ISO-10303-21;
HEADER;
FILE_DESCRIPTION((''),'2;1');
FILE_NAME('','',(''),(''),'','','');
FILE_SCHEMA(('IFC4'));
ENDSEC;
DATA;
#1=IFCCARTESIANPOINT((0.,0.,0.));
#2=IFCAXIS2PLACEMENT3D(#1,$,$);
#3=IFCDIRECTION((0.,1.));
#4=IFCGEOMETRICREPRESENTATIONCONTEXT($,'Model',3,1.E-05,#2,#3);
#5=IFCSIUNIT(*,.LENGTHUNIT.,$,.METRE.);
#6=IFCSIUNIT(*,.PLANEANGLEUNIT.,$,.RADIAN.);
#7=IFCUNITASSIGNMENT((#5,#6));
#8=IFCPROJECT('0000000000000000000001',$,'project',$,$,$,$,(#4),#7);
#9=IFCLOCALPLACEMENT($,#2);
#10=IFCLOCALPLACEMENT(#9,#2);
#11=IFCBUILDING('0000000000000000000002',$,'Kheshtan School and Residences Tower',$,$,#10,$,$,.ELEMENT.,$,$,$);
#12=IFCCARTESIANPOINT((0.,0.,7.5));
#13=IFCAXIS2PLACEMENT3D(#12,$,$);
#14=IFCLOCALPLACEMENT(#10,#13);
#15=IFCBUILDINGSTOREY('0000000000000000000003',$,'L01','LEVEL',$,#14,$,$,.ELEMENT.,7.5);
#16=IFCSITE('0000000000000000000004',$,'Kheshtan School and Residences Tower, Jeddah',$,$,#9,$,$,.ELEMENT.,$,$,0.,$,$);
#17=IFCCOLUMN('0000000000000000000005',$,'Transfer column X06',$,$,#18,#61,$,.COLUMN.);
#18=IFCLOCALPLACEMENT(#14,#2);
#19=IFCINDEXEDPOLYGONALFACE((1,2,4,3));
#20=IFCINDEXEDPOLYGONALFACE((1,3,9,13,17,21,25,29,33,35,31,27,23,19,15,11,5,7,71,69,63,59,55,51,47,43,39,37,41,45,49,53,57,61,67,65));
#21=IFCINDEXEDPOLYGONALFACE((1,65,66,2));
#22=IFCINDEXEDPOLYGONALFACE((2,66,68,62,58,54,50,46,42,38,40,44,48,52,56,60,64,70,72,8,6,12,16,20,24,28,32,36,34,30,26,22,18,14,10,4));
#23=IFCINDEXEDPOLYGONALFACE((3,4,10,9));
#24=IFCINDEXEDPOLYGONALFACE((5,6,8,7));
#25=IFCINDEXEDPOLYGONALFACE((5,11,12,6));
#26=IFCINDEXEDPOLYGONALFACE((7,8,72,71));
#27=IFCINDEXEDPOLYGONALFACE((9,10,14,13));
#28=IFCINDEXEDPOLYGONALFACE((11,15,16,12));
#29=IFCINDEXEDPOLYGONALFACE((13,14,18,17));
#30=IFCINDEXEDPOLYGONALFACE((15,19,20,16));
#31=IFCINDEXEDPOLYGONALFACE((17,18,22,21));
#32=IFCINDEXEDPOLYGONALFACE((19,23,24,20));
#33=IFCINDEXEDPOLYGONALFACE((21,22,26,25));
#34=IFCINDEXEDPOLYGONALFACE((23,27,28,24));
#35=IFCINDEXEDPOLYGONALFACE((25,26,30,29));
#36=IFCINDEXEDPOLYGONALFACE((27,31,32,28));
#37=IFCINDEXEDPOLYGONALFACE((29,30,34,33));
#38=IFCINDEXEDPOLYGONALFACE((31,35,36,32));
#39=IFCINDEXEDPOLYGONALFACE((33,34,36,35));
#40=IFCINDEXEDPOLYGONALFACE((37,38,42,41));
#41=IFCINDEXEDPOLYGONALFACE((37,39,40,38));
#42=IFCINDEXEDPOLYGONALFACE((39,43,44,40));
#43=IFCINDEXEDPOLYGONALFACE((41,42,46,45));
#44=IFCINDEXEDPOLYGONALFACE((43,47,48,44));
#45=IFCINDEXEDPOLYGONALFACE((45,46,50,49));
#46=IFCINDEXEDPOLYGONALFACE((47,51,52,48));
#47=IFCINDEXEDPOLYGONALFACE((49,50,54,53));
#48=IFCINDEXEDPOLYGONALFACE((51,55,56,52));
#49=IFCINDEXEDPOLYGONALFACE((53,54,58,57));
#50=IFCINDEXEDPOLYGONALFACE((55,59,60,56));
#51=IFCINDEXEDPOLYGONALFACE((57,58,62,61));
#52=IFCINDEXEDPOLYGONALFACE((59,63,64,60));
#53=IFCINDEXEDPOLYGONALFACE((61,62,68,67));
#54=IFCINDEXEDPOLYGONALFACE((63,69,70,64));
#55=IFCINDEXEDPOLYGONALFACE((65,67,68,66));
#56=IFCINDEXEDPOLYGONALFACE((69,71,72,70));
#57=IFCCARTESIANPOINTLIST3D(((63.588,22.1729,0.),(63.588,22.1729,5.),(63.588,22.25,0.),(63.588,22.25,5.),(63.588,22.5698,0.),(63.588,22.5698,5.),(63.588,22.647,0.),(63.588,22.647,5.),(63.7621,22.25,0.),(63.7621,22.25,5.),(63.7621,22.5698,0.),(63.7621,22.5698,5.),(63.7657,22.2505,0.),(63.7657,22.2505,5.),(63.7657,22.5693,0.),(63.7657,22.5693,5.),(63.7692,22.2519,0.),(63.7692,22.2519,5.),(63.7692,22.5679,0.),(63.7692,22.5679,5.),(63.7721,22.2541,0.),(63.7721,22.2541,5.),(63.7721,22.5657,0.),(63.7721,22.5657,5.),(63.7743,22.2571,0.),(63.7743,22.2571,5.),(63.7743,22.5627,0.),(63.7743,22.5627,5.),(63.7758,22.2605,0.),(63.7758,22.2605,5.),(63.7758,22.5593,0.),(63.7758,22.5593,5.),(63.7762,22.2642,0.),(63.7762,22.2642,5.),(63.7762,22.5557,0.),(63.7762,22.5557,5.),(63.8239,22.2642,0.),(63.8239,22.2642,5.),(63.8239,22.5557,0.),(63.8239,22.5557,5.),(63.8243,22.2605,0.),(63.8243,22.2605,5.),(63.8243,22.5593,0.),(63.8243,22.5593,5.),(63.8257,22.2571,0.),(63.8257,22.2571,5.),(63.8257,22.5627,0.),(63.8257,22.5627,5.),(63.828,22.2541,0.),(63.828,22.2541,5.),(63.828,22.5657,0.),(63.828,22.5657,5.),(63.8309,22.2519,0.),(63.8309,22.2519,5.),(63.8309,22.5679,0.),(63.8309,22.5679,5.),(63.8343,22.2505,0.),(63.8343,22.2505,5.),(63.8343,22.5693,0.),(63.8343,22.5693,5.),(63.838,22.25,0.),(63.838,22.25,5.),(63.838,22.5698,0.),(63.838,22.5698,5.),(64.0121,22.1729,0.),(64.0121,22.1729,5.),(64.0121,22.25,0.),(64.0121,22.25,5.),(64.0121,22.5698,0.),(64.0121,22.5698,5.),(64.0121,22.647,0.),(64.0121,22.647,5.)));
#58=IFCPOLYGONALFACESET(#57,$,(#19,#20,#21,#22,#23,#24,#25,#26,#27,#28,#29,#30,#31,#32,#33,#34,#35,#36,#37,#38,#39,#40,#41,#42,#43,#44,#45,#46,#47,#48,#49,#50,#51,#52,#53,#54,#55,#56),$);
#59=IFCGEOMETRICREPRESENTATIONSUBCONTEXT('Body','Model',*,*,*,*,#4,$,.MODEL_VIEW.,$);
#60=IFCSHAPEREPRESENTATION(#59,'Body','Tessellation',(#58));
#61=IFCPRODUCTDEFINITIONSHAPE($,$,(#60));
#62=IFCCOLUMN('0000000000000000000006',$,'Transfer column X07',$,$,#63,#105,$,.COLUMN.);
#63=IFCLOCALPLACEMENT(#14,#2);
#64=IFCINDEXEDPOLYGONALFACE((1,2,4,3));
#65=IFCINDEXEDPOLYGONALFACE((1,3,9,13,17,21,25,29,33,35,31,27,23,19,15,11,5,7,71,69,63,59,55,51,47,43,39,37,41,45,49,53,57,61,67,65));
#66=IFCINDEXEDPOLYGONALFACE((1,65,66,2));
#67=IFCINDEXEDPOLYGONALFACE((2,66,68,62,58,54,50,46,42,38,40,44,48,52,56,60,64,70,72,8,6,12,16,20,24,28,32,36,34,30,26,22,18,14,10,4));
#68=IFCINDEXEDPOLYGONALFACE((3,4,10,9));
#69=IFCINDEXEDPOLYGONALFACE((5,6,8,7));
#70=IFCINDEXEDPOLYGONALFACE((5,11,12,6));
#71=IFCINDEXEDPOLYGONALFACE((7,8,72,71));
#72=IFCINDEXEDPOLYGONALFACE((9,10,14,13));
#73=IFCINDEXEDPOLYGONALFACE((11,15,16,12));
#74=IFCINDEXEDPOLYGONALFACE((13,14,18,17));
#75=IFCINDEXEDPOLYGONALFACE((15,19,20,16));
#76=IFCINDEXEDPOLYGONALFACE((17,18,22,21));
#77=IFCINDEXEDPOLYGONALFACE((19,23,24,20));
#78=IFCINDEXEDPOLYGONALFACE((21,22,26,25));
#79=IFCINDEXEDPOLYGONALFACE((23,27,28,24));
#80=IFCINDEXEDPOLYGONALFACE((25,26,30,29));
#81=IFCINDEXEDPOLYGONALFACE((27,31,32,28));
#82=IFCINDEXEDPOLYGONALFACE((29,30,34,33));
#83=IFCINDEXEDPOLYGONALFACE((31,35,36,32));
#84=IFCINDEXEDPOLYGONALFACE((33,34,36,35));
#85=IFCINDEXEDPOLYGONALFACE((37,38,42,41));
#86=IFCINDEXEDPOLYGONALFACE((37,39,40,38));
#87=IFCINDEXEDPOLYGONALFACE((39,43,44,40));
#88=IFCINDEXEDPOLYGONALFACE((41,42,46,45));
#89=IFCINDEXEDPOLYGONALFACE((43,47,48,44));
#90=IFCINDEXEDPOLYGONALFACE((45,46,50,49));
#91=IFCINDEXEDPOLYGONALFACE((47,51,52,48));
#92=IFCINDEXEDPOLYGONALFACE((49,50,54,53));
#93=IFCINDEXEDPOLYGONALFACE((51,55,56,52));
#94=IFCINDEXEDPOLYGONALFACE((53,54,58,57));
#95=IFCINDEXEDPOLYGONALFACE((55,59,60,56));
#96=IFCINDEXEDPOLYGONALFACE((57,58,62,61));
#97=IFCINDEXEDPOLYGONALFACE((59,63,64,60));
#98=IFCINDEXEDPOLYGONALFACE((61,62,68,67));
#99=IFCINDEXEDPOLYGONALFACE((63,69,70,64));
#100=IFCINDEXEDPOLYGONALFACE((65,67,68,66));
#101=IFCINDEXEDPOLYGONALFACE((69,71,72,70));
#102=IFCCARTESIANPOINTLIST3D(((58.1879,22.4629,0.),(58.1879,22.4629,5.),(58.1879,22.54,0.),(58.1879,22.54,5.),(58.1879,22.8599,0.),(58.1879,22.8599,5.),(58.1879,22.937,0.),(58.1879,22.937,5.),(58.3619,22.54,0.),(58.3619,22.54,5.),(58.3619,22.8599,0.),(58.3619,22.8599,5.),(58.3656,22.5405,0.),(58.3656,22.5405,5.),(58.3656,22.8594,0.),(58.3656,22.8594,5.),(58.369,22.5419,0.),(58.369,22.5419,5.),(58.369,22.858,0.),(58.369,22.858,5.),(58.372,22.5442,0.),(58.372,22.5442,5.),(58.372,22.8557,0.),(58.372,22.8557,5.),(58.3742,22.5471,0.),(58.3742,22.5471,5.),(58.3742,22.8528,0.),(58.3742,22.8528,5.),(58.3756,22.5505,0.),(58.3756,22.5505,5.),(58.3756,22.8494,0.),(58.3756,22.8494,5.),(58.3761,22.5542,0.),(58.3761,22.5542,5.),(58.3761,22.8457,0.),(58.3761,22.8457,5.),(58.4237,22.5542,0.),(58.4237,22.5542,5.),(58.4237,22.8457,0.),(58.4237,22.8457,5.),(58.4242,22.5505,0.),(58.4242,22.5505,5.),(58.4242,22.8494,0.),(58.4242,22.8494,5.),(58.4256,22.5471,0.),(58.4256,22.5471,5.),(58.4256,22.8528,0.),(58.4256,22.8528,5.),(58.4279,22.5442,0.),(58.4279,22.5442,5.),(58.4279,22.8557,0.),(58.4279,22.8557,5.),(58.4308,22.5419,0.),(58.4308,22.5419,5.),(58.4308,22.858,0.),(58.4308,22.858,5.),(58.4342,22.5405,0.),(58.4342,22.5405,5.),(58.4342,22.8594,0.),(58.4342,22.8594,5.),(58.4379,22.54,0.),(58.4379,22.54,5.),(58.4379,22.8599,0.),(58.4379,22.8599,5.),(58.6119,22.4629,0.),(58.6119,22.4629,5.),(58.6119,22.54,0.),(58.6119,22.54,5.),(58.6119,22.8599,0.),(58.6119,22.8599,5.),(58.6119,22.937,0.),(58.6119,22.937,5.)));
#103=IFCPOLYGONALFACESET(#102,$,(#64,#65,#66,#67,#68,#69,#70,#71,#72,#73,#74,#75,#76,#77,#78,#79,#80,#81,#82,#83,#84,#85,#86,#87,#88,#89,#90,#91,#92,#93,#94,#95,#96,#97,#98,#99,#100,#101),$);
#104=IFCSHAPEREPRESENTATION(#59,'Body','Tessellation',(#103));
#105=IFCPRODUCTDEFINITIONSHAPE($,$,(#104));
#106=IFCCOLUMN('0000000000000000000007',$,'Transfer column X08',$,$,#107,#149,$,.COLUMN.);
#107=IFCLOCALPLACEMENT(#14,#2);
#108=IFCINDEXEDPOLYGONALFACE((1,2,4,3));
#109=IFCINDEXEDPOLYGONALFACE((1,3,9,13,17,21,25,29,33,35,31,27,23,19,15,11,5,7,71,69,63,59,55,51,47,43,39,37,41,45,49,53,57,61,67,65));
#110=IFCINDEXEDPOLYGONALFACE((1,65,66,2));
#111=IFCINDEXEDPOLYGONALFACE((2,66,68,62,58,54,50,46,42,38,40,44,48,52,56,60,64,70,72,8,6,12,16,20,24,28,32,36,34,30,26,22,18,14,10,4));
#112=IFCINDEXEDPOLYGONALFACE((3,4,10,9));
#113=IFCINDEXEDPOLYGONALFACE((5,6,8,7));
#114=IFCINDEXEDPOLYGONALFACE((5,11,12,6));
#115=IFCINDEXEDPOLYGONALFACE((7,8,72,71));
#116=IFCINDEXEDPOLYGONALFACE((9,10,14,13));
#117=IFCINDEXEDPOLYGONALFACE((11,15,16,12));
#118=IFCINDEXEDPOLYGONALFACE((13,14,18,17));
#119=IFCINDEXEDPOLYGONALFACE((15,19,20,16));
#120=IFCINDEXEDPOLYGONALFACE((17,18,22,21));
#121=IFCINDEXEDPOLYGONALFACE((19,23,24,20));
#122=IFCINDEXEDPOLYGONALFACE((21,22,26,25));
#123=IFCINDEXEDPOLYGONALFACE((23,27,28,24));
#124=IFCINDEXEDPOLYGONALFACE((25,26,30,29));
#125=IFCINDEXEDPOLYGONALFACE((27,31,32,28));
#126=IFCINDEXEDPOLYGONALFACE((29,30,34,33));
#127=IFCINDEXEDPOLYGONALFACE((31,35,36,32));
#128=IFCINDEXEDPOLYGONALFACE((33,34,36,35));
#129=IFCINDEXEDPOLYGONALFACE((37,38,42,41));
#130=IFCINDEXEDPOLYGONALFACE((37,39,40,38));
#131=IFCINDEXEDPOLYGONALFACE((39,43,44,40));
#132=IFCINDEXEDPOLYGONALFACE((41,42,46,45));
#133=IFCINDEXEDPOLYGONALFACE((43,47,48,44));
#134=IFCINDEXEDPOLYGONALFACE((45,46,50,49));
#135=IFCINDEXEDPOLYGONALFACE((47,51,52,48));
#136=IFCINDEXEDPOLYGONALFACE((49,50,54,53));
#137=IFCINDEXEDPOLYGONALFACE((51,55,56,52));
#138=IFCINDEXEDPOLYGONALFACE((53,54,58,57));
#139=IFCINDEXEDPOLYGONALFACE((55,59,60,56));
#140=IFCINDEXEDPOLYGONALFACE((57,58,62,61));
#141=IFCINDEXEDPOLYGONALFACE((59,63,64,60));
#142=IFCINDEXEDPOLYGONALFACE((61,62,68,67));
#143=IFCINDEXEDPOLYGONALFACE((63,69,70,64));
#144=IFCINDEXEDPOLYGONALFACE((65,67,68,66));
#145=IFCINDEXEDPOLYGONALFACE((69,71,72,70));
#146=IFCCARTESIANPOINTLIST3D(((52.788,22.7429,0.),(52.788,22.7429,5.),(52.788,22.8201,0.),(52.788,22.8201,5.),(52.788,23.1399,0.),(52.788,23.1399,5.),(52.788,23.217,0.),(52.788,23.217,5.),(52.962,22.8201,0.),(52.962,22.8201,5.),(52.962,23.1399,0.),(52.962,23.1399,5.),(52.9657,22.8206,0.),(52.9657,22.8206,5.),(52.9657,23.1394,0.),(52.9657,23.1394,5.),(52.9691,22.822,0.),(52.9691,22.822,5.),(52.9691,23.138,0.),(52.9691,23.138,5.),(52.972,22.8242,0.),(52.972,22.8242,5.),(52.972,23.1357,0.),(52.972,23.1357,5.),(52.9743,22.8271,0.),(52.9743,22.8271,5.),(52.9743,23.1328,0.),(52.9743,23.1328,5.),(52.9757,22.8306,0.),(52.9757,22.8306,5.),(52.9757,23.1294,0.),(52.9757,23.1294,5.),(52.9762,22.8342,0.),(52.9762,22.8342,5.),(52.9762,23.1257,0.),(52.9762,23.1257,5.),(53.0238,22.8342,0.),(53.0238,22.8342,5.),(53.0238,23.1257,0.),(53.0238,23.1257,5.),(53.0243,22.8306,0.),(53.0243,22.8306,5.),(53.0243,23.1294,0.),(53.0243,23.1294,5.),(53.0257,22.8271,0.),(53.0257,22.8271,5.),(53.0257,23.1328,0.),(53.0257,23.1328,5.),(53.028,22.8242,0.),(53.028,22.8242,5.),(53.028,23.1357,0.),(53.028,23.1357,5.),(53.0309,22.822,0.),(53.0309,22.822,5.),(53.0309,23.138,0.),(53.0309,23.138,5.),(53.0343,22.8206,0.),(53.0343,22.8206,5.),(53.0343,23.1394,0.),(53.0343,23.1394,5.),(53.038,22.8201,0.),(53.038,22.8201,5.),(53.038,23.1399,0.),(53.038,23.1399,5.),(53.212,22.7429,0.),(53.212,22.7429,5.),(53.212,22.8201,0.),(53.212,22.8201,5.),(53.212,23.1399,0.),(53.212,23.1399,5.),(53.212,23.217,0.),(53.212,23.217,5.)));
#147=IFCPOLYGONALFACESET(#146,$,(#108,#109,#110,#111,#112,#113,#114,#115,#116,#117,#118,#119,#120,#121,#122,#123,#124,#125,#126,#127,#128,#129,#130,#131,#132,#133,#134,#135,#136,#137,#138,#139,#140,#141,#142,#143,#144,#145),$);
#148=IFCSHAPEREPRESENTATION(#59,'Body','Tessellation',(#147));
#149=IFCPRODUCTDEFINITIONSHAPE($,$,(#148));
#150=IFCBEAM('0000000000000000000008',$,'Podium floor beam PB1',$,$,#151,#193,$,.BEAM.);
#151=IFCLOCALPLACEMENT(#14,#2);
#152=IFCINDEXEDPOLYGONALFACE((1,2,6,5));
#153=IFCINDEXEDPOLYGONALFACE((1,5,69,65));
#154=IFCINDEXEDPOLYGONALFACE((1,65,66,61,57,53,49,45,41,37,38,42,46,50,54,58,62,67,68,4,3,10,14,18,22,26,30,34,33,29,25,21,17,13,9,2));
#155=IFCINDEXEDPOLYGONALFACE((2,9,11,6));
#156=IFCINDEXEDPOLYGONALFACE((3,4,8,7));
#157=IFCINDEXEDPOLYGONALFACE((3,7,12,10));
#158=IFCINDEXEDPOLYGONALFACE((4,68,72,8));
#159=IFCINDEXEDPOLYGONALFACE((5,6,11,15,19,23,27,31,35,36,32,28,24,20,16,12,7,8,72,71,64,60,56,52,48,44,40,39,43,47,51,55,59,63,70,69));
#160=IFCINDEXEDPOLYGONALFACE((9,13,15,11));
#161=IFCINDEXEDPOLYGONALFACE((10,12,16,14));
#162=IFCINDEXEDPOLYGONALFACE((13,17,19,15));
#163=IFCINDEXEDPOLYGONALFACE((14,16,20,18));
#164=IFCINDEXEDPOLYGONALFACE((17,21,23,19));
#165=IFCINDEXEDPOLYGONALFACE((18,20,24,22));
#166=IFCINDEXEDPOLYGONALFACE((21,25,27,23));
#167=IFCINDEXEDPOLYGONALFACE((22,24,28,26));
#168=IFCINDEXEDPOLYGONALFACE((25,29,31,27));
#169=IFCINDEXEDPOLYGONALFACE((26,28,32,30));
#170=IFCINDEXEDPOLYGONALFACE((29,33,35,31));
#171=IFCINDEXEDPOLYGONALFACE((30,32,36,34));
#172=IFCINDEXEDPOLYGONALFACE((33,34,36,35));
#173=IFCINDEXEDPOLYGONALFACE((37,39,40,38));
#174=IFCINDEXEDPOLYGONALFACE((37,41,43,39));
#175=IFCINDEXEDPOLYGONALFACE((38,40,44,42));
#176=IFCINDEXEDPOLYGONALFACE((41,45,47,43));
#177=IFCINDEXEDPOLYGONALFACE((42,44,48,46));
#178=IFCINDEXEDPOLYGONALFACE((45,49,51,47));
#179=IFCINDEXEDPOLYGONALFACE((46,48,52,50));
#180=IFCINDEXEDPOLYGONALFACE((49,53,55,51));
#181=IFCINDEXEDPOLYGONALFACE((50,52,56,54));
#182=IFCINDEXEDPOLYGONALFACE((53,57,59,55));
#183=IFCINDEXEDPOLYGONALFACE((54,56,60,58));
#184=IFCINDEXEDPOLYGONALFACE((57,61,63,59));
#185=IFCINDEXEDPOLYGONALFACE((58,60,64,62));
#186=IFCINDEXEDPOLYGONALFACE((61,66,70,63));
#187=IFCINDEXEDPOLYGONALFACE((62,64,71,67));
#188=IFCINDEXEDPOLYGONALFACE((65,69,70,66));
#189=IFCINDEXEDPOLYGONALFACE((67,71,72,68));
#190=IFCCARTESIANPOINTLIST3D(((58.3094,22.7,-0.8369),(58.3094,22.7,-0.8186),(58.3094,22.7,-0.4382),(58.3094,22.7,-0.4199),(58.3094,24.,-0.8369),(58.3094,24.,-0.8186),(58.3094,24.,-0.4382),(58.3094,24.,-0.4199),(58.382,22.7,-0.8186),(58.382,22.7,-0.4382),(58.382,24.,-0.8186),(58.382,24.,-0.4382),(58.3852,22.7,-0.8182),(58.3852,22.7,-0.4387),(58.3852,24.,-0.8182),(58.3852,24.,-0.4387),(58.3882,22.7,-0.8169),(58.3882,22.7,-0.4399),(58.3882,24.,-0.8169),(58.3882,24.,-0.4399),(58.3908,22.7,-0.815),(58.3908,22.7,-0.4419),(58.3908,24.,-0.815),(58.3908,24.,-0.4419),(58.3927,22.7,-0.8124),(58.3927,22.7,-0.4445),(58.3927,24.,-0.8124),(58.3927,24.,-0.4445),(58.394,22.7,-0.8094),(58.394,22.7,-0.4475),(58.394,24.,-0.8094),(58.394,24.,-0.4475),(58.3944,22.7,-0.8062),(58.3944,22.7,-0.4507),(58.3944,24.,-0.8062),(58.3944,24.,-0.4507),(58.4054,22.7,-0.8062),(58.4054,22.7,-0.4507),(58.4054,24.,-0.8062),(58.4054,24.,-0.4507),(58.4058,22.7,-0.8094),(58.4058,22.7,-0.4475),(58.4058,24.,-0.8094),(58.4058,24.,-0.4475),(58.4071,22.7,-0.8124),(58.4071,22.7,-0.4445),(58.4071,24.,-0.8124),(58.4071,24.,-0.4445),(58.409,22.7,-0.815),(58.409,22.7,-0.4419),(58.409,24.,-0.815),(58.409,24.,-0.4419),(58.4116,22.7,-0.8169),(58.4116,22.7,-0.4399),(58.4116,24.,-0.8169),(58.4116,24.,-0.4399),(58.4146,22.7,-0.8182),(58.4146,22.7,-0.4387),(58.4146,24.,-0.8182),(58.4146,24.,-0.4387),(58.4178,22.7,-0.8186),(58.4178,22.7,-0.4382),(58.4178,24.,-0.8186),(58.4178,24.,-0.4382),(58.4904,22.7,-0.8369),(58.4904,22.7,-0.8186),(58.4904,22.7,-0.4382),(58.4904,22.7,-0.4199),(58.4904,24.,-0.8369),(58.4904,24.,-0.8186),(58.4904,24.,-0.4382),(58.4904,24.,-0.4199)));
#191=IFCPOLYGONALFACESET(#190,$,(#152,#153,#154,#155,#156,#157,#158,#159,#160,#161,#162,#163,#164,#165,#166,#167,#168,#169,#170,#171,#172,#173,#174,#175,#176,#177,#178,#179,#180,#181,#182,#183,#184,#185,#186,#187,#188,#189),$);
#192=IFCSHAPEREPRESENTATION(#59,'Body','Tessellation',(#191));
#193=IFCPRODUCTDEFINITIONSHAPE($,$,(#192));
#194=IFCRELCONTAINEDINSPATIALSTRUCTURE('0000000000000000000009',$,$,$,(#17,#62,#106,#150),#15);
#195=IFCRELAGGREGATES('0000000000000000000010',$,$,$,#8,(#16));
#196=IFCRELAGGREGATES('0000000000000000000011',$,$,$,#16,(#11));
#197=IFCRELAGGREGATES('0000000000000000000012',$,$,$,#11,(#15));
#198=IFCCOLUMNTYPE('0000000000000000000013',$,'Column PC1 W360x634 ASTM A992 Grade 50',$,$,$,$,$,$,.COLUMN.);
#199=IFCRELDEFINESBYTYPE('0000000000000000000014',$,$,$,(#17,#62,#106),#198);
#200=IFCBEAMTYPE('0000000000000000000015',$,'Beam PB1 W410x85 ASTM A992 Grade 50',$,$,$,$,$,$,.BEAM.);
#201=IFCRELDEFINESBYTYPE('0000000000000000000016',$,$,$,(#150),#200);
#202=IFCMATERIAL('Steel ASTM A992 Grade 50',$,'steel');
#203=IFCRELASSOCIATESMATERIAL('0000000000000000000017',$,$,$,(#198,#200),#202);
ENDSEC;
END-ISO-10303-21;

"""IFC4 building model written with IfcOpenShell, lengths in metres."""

from ifc_helpers import new_model, si_unit, direction, frame, origin, origin_2d, place, context, subcontext, project, spatial, i_section, extrude, material, material_profile, profile_set, type_object, element, save


model = new_model("IFC4")

# Units and contexts
model_context = context("Model", 3, precision=1e-05, world=origin(), true_north=direction((0.0, 1.0)))
body_context = subcontext(model_context, "Body", "Model", "MODEL_VIEW")
ifc_project = project(units=[si_unit("LENGTHUNIT", "METRE"), si_unit("PLANEANGLEUNIT", "RADIAN")], contexts=[model_context])

# Site, building, storey
site_placement = place(None, origin())
site = spatial("IfcSite", under=ifc_project, at=site_placement, Name="Kheshtan School and Residences Tower, Jeddah", CompositionType="ELEMENT", RefElevation=0.0)
building_placement = place(site_placement, origin())
building = spatial("IfcBuilding", under=site, at=building_placement, Name="Kheshtan School and Residences Tower", CompositionType="ELEMENT")
storey_placement = place(building_placement, frame((0.0, 0.0, 7.5)))
storey = spatial("IfcBuildingStorey", under=building, at=storey_placement, Name="L01", Description="LEVEL", CompositionType="ELEMENT", Elevation=7.5)

# Columns
ifc_material_1 = material(Name="Steel ASTM A992 Grade 50", Category="steel")
ifc_material_profile_1 = material_profile(ifc_material_1, i_section(OverallWidth=0.4241, OverallDepth=0.4741, WebThickness=0.0476, FlangeThickness=0.0771, FilletRadius=0.0142, at=origin_2d()), Name="W360x634")
ifc_profile_set_1 = profile_set([ifc_material_profile_1], Name="Steel ASTM A992 Grade 50")
column_type = type_object("IfcColumnType", Name="Column PC1 W360x634 ASTM A992 Grade 50", PredefinedType="COLUMN", material=ifc_profile_set_1)
for number, where, z_axis, x_axis, name in (
    (1, (63.8, 22.4099, 0.0), (0.0, 0.0, 1.0), (1.0, 0.0, 0.0), "Transfer column X06"),
    (2, (58.3999, 22.7, 0.0), (0.0, 0.0, 1.0), (1.0, 0.0, 0.0), "Transfer column X07"),
    (3, (53.0, 22.98, 0.0), (0.0, 0.0, 1.0), (1.0, 0.0, 0.0), "Transfer column X08"),
):
    element("IfcColumn", number, at=place(storey_placement, frame(where, z_axis=z_axis, x_axis=x_axis)), inside=storey, type_object=column_type, Name=name, PredefinedType="COLUMN", context=body_context, shape_type="SweptSolid", body=[
        extrude(i_section(OverallWidth=0.4241, OverallDepth=0.4741, WebThickness=0.0476, FlangeThickness=0.0771, FilletRadius=0.0142, at=origin_2d()), origin(), (0.0, 0.0, 1.0), 5.0),
    ])

# Beam
ifc_material_profile_2 = material_profile(ifc_material_1, i_section(OverallWidth=0.1809, OverallDepth=0.417, WebThickness=0.011, FlangeThickness=0.0183, FilletRadius=0.0125, at=origin_2d()), Name="W410x85")
ifc_profile_set_2 = profile_set([ifc_material_profile_2], Name="Steel ASTM A992 Grade 50")
beam_type_1 = type_object("IfcBeamType", Name="Beam PB1 W410x85 ASTM A992 Grade 50", PredefinedType="BEAM", material=ifc_profile_set_2)
beam_1_placement = place(storey_placement, frame((58.3999, 22.7, -0.6284), z_axis=(0.0, 1.0, 0.0), x_axis=(-1.0, 0.0, 0.0)))
element("IfcBeam", 4, at=beam_1_placement, inside=storey, type_object=beam_type_1, Name="Podium floor beam PB1", PredefinedType="BEAM", context=body_context, shape_type="SweptSolid", body=[
    extrude(i_section(OverallWidth=0.1809, OverallDepth=0.417, WebThickness=0.011, FlangeThickness=0.0183, FilletRadius=0.0125, at=origin_2d()), origin(), (0.0, 0.0, 1.0), 1.3),
])

save(model, "model.ifc")
